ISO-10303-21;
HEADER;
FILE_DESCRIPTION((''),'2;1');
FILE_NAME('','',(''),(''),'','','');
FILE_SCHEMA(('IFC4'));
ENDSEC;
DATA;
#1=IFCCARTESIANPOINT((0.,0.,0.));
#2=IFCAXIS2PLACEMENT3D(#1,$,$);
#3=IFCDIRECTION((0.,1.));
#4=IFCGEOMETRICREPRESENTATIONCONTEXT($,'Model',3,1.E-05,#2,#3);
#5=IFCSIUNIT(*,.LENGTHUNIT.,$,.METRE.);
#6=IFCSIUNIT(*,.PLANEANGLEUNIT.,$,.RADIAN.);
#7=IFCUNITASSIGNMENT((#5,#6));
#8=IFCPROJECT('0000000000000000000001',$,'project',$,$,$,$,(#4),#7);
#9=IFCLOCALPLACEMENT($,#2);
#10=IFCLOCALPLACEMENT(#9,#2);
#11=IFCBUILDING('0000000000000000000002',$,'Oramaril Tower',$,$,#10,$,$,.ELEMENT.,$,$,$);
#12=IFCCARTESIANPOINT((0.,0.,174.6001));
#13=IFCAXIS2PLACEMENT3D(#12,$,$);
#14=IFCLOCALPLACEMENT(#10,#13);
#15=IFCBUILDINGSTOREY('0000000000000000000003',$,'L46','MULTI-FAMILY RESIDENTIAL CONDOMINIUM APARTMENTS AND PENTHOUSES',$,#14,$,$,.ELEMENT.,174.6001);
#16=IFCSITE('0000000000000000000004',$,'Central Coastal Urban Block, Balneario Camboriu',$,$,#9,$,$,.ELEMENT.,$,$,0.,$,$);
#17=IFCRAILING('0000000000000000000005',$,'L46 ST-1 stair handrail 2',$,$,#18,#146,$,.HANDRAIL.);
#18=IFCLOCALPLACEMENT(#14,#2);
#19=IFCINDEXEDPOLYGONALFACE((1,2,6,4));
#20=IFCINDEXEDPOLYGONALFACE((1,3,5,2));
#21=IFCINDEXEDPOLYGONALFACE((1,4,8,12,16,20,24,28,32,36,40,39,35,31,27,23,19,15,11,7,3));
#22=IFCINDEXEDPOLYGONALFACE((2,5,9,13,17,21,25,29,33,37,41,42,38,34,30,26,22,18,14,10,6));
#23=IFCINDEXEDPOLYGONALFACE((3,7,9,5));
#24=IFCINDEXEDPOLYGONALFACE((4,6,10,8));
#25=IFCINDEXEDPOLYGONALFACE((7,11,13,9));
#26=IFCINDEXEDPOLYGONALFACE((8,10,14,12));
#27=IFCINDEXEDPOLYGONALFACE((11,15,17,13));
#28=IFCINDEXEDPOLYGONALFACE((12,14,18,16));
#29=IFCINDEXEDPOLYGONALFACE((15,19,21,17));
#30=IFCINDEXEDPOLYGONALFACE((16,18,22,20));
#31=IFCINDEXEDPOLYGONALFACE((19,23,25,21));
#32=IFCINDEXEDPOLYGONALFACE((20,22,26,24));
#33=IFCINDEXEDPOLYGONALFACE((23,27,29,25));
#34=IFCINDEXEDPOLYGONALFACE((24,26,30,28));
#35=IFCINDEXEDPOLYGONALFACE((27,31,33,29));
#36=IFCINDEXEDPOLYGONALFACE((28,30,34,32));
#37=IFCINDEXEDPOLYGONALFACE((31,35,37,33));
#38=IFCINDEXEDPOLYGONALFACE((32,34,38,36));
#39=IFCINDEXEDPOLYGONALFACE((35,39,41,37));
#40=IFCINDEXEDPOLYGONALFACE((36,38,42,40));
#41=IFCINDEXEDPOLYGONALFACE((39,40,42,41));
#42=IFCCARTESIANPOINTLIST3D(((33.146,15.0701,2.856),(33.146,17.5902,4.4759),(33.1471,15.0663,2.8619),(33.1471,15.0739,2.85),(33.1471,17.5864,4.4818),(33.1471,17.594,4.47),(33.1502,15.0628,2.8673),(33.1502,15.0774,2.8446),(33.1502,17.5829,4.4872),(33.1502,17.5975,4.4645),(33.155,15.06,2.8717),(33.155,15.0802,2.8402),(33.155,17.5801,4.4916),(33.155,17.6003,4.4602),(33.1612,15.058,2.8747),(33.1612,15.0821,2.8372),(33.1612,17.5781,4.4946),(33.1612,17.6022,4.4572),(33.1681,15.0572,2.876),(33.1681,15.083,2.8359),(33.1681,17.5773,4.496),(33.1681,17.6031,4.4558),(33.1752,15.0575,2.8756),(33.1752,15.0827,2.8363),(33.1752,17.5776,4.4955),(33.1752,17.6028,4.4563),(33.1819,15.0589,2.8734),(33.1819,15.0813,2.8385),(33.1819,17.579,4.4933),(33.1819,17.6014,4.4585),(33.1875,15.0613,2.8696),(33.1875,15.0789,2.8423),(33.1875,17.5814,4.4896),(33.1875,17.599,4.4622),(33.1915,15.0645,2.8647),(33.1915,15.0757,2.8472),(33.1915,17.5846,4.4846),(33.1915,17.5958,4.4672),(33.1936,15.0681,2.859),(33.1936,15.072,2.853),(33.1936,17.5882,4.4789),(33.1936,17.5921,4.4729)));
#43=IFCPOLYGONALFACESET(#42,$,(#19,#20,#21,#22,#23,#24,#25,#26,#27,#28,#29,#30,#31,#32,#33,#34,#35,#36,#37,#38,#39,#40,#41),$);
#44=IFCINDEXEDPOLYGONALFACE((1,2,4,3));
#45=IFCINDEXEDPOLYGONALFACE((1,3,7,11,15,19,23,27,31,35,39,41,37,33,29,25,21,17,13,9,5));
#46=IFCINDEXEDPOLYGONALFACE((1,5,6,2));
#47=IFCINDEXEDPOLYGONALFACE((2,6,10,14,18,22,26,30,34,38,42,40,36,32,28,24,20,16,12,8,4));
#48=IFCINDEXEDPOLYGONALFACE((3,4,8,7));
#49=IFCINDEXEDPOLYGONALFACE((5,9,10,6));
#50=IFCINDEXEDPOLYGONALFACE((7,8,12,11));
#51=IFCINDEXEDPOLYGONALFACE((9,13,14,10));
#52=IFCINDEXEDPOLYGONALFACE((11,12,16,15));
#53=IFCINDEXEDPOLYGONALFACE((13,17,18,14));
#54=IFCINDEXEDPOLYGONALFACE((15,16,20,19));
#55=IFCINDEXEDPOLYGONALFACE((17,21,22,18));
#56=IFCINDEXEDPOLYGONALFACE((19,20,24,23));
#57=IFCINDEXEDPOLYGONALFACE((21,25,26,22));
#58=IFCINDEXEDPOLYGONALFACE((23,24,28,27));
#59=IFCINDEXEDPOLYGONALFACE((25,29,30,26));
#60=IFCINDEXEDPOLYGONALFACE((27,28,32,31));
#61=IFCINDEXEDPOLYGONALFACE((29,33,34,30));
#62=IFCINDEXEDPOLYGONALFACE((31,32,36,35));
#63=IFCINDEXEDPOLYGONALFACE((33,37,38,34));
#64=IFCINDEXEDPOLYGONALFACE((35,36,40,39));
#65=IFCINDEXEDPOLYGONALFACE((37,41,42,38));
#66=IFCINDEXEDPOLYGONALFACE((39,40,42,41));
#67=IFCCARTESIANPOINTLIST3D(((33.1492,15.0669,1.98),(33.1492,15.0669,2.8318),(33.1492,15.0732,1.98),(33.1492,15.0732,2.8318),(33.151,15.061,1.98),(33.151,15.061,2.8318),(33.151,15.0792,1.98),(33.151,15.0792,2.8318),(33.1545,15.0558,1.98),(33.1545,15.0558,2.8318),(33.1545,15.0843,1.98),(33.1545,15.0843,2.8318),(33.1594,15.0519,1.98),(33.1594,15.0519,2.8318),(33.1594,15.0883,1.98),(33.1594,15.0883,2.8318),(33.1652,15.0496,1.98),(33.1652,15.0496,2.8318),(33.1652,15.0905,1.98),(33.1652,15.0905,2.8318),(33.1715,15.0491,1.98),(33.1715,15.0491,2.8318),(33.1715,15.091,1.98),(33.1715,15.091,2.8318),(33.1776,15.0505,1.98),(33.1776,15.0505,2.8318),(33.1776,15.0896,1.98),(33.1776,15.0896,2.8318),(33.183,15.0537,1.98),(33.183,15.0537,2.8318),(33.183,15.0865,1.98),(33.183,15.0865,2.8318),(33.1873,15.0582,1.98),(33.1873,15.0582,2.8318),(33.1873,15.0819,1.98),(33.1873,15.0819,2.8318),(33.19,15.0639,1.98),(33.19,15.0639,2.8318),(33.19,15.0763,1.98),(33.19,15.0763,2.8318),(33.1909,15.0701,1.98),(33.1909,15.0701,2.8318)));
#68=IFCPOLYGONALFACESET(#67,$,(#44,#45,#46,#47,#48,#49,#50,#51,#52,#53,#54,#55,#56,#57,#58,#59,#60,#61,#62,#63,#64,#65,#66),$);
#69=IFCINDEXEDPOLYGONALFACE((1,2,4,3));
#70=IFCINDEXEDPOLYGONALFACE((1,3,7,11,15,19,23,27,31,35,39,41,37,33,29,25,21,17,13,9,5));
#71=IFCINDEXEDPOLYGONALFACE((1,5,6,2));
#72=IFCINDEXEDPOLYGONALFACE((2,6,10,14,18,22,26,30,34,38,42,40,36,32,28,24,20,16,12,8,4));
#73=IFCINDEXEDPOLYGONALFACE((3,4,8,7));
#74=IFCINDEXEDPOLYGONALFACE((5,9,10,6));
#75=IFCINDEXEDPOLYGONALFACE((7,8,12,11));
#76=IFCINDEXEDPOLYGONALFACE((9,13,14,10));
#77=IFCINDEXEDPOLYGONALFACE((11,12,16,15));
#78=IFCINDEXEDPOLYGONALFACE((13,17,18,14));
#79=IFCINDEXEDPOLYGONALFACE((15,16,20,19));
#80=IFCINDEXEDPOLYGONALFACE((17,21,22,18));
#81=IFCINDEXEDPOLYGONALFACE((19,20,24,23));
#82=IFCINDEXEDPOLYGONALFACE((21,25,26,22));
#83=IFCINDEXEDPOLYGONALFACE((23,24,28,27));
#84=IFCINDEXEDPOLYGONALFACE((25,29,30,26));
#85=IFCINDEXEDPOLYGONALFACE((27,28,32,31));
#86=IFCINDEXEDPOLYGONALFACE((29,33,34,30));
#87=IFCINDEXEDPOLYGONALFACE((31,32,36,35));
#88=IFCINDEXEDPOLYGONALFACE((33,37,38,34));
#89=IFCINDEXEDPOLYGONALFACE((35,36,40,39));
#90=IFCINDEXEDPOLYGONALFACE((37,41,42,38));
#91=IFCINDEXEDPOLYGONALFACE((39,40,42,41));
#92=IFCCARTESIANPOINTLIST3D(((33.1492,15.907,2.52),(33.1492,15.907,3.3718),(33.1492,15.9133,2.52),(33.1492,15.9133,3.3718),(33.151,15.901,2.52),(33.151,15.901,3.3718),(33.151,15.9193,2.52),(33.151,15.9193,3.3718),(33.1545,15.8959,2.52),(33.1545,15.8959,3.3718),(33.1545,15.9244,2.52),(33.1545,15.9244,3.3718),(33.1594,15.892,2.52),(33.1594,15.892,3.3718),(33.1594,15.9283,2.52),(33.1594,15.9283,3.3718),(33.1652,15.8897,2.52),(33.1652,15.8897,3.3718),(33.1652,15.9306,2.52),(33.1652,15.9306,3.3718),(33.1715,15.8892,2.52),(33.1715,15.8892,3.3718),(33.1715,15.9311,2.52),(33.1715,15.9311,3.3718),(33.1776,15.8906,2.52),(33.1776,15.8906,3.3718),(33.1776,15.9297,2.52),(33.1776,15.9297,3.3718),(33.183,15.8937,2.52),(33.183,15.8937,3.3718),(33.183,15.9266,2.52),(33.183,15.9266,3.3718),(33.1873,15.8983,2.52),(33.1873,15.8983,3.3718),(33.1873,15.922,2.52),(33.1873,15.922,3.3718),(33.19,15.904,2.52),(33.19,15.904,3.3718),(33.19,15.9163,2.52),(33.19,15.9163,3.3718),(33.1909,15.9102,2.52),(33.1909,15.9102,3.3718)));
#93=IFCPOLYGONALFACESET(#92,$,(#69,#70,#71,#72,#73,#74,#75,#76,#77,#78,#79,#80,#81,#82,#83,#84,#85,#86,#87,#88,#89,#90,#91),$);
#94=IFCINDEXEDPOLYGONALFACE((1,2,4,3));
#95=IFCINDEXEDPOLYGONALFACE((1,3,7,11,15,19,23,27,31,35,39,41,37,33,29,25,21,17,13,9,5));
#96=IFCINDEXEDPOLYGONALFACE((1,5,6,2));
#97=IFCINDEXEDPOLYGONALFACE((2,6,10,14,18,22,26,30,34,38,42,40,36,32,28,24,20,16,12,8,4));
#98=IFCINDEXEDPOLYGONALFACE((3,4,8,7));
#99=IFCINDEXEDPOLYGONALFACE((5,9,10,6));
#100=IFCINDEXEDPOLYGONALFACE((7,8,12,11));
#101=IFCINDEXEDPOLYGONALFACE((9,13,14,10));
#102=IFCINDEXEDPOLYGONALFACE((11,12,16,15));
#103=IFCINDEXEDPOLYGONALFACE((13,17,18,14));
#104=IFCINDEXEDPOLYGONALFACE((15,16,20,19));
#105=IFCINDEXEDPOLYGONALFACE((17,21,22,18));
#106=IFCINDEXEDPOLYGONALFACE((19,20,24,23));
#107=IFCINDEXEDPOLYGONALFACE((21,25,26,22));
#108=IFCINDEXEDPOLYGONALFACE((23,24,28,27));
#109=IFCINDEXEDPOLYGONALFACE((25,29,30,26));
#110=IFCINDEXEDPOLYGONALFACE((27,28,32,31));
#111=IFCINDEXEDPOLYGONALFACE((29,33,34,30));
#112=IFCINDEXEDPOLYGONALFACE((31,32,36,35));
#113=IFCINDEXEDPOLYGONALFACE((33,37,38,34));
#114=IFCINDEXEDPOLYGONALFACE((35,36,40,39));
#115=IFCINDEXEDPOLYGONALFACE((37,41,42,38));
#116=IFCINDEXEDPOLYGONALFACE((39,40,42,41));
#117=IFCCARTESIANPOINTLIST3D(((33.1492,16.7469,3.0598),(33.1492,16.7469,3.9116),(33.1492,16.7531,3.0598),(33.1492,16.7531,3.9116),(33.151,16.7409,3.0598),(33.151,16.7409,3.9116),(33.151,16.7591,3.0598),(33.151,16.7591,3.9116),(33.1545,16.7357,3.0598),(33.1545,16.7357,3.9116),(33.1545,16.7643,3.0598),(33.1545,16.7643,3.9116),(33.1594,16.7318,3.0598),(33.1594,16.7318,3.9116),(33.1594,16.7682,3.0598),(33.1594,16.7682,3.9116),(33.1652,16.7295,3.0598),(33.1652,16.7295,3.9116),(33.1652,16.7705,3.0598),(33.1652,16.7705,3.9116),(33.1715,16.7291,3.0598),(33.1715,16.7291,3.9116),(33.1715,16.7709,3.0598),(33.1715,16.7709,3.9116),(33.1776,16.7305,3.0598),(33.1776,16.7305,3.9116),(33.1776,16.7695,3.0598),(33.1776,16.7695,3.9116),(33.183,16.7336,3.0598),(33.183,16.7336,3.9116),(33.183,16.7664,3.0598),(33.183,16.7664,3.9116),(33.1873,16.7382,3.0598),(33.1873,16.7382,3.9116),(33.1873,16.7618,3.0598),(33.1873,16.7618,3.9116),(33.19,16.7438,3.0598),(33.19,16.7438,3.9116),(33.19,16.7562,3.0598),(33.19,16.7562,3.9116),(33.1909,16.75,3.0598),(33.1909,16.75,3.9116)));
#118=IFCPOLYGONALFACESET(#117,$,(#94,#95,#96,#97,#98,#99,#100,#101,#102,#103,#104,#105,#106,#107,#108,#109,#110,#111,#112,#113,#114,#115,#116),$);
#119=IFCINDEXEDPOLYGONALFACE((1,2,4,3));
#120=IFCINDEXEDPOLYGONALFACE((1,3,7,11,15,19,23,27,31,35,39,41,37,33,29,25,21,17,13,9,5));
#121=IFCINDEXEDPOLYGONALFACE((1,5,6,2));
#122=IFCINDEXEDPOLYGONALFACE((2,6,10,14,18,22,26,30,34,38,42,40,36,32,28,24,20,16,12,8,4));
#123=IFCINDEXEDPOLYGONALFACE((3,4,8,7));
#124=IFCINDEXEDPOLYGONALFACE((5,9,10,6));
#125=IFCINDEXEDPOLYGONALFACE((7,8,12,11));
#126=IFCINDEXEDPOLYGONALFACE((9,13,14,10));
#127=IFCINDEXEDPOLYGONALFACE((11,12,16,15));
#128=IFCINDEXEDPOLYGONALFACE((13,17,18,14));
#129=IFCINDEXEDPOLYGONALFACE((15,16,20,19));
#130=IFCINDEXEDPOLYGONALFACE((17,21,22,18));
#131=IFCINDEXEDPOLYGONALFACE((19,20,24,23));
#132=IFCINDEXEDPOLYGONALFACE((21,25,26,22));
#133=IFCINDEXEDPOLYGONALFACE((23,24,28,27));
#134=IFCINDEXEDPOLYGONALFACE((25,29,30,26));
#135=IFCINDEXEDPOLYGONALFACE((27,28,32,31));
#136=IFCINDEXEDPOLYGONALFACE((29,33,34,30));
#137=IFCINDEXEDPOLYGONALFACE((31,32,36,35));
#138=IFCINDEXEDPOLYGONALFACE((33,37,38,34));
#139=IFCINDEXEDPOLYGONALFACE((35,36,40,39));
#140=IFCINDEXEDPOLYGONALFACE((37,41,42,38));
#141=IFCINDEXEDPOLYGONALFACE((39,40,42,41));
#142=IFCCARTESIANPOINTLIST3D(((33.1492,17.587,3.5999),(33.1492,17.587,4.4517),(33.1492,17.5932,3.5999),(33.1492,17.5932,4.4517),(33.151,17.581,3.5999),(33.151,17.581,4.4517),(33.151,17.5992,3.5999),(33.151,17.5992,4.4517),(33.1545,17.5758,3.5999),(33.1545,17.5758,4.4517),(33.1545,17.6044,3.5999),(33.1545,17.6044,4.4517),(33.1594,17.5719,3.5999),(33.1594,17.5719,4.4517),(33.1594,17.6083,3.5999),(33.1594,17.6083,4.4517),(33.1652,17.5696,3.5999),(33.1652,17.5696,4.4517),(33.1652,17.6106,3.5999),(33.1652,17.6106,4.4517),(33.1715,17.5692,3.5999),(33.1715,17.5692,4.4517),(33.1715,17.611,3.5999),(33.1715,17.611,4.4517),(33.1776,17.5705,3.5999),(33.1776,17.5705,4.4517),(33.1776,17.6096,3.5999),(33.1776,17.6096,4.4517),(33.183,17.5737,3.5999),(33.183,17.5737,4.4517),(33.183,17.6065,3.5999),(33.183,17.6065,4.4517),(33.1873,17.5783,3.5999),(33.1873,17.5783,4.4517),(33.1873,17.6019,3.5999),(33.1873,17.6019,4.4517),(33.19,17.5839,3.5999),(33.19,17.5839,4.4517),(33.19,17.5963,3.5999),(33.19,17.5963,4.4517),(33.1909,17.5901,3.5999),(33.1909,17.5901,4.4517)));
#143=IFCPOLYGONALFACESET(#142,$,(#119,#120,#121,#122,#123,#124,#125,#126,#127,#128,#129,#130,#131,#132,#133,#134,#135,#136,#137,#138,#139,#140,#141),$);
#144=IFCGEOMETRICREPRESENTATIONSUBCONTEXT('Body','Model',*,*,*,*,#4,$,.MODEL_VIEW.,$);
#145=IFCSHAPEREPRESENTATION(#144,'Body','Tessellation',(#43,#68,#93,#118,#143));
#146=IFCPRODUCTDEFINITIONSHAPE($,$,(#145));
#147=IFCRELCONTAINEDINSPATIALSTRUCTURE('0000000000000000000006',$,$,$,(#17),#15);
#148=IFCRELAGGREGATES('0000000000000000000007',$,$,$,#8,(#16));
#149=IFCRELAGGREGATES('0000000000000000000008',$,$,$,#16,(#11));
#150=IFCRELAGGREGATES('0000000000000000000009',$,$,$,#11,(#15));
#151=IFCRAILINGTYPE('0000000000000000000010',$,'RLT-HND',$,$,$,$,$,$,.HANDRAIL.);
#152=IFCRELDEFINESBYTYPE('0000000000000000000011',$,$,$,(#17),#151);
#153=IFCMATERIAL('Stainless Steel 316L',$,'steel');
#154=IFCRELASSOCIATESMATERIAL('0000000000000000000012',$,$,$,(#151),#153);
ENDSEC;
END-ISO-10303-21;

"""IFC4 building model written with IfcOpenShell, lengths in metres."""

from ifc_helpers import new_model, si_unit, direction, frame, origin, origin_2d, place, context, subcontext, project, spatial, circle, extrude, material, type_object, element, save


model = new_model("IFC4")

# Units and contexts
model_context = context("Model", 3, precision=1e-05, world=origin(), true_north=direction((0.0, 1.0)))
body_context = subcontext(model_context, "Body", "Model", "MODEL_VIEW")
ifc_project = project(units=[si_unit("LENGTHUNIT", "METRE"), si_unit("PLANEANGLEUNIT", "RADIAN")], contexts=[model_context])

# Site, building, storey
site_placement = place(None, origin())
site = spatial("IfcSite", under=ifc_project, at=site_placement, Name="Central Coastal Urban Block, Balneario Camboriu", CompositionType="ELEMENT", RefElevation=0.0)
building_placement = place(site_placement, origin())
building = spatial("IfcBuilding", under=site, at=building_placement, Name="Oramaril Tower", CompositionType="ELEMENT")
storey_placement = place(building_placement, frame((0.0, 0.0, 174.6001)))
storey = spatial("IfcBuildingStorey", under=building, at=storey_placement, Name="L46", Description="MULTI-FAMILY RESIDENTIAL CONDOMINIUM APARTMENTS AND PENTHOUSES", CompositionType="ELEMENT", Elevation=174.6001)

# Railing
ifc_material_1 = material(Name="Stainless Steel 316L", Category="steel")
railing_type_1 = type_object("IfcRailingType", Name="RLT-HND", PredefinedType="HANDRAIL", material=ifc_material_1)
railing_1_placement = place(storey_placement, frame((33.1699, 15.0701, 1.98)))
element("IfcRailing", 1, at=railing_1_placement, inside=storey, type_object=railing_type_1, Name="L46 ST-1 stair handrail 2", PredefinedType="HANDRAIL", context=body_context, shape_type="SweptSolid", body=[
    extrude(circle(Radius=0.0239, at=origin_2d()), frame((0.0, 0.0, 0.876), z_axis=(0.0, 0.8412, 0.540725), x_axis=(-1.0, 0.0, 0.0)), (0.0, 0.0, 1.0), 2.9958),
    extrude(circle(Radius=0.021, at=origin_2d()), origin(), (0.0, 0.0, 1.0), 0.8518),
    extrude(circle(Radius=0.021, at=origin_2d()), frame((0.0, 0.8401, 0.54)), (0.0, 0.0, 1.0), 0.8518),
    extrude(circle(Radius=0.021, at=origin_2d()), frame((0.0, 1.6799, 1.0798)), (0.0, 0.0, 1.0), 0.8518),
    extrude(circle(Radius=0.021, at=origin_2d()), frame((0.0, 2.52, 1.6199)), (0.0, 0.0, 1.0), 0.8518),
])

save(model, "model.ifc")
